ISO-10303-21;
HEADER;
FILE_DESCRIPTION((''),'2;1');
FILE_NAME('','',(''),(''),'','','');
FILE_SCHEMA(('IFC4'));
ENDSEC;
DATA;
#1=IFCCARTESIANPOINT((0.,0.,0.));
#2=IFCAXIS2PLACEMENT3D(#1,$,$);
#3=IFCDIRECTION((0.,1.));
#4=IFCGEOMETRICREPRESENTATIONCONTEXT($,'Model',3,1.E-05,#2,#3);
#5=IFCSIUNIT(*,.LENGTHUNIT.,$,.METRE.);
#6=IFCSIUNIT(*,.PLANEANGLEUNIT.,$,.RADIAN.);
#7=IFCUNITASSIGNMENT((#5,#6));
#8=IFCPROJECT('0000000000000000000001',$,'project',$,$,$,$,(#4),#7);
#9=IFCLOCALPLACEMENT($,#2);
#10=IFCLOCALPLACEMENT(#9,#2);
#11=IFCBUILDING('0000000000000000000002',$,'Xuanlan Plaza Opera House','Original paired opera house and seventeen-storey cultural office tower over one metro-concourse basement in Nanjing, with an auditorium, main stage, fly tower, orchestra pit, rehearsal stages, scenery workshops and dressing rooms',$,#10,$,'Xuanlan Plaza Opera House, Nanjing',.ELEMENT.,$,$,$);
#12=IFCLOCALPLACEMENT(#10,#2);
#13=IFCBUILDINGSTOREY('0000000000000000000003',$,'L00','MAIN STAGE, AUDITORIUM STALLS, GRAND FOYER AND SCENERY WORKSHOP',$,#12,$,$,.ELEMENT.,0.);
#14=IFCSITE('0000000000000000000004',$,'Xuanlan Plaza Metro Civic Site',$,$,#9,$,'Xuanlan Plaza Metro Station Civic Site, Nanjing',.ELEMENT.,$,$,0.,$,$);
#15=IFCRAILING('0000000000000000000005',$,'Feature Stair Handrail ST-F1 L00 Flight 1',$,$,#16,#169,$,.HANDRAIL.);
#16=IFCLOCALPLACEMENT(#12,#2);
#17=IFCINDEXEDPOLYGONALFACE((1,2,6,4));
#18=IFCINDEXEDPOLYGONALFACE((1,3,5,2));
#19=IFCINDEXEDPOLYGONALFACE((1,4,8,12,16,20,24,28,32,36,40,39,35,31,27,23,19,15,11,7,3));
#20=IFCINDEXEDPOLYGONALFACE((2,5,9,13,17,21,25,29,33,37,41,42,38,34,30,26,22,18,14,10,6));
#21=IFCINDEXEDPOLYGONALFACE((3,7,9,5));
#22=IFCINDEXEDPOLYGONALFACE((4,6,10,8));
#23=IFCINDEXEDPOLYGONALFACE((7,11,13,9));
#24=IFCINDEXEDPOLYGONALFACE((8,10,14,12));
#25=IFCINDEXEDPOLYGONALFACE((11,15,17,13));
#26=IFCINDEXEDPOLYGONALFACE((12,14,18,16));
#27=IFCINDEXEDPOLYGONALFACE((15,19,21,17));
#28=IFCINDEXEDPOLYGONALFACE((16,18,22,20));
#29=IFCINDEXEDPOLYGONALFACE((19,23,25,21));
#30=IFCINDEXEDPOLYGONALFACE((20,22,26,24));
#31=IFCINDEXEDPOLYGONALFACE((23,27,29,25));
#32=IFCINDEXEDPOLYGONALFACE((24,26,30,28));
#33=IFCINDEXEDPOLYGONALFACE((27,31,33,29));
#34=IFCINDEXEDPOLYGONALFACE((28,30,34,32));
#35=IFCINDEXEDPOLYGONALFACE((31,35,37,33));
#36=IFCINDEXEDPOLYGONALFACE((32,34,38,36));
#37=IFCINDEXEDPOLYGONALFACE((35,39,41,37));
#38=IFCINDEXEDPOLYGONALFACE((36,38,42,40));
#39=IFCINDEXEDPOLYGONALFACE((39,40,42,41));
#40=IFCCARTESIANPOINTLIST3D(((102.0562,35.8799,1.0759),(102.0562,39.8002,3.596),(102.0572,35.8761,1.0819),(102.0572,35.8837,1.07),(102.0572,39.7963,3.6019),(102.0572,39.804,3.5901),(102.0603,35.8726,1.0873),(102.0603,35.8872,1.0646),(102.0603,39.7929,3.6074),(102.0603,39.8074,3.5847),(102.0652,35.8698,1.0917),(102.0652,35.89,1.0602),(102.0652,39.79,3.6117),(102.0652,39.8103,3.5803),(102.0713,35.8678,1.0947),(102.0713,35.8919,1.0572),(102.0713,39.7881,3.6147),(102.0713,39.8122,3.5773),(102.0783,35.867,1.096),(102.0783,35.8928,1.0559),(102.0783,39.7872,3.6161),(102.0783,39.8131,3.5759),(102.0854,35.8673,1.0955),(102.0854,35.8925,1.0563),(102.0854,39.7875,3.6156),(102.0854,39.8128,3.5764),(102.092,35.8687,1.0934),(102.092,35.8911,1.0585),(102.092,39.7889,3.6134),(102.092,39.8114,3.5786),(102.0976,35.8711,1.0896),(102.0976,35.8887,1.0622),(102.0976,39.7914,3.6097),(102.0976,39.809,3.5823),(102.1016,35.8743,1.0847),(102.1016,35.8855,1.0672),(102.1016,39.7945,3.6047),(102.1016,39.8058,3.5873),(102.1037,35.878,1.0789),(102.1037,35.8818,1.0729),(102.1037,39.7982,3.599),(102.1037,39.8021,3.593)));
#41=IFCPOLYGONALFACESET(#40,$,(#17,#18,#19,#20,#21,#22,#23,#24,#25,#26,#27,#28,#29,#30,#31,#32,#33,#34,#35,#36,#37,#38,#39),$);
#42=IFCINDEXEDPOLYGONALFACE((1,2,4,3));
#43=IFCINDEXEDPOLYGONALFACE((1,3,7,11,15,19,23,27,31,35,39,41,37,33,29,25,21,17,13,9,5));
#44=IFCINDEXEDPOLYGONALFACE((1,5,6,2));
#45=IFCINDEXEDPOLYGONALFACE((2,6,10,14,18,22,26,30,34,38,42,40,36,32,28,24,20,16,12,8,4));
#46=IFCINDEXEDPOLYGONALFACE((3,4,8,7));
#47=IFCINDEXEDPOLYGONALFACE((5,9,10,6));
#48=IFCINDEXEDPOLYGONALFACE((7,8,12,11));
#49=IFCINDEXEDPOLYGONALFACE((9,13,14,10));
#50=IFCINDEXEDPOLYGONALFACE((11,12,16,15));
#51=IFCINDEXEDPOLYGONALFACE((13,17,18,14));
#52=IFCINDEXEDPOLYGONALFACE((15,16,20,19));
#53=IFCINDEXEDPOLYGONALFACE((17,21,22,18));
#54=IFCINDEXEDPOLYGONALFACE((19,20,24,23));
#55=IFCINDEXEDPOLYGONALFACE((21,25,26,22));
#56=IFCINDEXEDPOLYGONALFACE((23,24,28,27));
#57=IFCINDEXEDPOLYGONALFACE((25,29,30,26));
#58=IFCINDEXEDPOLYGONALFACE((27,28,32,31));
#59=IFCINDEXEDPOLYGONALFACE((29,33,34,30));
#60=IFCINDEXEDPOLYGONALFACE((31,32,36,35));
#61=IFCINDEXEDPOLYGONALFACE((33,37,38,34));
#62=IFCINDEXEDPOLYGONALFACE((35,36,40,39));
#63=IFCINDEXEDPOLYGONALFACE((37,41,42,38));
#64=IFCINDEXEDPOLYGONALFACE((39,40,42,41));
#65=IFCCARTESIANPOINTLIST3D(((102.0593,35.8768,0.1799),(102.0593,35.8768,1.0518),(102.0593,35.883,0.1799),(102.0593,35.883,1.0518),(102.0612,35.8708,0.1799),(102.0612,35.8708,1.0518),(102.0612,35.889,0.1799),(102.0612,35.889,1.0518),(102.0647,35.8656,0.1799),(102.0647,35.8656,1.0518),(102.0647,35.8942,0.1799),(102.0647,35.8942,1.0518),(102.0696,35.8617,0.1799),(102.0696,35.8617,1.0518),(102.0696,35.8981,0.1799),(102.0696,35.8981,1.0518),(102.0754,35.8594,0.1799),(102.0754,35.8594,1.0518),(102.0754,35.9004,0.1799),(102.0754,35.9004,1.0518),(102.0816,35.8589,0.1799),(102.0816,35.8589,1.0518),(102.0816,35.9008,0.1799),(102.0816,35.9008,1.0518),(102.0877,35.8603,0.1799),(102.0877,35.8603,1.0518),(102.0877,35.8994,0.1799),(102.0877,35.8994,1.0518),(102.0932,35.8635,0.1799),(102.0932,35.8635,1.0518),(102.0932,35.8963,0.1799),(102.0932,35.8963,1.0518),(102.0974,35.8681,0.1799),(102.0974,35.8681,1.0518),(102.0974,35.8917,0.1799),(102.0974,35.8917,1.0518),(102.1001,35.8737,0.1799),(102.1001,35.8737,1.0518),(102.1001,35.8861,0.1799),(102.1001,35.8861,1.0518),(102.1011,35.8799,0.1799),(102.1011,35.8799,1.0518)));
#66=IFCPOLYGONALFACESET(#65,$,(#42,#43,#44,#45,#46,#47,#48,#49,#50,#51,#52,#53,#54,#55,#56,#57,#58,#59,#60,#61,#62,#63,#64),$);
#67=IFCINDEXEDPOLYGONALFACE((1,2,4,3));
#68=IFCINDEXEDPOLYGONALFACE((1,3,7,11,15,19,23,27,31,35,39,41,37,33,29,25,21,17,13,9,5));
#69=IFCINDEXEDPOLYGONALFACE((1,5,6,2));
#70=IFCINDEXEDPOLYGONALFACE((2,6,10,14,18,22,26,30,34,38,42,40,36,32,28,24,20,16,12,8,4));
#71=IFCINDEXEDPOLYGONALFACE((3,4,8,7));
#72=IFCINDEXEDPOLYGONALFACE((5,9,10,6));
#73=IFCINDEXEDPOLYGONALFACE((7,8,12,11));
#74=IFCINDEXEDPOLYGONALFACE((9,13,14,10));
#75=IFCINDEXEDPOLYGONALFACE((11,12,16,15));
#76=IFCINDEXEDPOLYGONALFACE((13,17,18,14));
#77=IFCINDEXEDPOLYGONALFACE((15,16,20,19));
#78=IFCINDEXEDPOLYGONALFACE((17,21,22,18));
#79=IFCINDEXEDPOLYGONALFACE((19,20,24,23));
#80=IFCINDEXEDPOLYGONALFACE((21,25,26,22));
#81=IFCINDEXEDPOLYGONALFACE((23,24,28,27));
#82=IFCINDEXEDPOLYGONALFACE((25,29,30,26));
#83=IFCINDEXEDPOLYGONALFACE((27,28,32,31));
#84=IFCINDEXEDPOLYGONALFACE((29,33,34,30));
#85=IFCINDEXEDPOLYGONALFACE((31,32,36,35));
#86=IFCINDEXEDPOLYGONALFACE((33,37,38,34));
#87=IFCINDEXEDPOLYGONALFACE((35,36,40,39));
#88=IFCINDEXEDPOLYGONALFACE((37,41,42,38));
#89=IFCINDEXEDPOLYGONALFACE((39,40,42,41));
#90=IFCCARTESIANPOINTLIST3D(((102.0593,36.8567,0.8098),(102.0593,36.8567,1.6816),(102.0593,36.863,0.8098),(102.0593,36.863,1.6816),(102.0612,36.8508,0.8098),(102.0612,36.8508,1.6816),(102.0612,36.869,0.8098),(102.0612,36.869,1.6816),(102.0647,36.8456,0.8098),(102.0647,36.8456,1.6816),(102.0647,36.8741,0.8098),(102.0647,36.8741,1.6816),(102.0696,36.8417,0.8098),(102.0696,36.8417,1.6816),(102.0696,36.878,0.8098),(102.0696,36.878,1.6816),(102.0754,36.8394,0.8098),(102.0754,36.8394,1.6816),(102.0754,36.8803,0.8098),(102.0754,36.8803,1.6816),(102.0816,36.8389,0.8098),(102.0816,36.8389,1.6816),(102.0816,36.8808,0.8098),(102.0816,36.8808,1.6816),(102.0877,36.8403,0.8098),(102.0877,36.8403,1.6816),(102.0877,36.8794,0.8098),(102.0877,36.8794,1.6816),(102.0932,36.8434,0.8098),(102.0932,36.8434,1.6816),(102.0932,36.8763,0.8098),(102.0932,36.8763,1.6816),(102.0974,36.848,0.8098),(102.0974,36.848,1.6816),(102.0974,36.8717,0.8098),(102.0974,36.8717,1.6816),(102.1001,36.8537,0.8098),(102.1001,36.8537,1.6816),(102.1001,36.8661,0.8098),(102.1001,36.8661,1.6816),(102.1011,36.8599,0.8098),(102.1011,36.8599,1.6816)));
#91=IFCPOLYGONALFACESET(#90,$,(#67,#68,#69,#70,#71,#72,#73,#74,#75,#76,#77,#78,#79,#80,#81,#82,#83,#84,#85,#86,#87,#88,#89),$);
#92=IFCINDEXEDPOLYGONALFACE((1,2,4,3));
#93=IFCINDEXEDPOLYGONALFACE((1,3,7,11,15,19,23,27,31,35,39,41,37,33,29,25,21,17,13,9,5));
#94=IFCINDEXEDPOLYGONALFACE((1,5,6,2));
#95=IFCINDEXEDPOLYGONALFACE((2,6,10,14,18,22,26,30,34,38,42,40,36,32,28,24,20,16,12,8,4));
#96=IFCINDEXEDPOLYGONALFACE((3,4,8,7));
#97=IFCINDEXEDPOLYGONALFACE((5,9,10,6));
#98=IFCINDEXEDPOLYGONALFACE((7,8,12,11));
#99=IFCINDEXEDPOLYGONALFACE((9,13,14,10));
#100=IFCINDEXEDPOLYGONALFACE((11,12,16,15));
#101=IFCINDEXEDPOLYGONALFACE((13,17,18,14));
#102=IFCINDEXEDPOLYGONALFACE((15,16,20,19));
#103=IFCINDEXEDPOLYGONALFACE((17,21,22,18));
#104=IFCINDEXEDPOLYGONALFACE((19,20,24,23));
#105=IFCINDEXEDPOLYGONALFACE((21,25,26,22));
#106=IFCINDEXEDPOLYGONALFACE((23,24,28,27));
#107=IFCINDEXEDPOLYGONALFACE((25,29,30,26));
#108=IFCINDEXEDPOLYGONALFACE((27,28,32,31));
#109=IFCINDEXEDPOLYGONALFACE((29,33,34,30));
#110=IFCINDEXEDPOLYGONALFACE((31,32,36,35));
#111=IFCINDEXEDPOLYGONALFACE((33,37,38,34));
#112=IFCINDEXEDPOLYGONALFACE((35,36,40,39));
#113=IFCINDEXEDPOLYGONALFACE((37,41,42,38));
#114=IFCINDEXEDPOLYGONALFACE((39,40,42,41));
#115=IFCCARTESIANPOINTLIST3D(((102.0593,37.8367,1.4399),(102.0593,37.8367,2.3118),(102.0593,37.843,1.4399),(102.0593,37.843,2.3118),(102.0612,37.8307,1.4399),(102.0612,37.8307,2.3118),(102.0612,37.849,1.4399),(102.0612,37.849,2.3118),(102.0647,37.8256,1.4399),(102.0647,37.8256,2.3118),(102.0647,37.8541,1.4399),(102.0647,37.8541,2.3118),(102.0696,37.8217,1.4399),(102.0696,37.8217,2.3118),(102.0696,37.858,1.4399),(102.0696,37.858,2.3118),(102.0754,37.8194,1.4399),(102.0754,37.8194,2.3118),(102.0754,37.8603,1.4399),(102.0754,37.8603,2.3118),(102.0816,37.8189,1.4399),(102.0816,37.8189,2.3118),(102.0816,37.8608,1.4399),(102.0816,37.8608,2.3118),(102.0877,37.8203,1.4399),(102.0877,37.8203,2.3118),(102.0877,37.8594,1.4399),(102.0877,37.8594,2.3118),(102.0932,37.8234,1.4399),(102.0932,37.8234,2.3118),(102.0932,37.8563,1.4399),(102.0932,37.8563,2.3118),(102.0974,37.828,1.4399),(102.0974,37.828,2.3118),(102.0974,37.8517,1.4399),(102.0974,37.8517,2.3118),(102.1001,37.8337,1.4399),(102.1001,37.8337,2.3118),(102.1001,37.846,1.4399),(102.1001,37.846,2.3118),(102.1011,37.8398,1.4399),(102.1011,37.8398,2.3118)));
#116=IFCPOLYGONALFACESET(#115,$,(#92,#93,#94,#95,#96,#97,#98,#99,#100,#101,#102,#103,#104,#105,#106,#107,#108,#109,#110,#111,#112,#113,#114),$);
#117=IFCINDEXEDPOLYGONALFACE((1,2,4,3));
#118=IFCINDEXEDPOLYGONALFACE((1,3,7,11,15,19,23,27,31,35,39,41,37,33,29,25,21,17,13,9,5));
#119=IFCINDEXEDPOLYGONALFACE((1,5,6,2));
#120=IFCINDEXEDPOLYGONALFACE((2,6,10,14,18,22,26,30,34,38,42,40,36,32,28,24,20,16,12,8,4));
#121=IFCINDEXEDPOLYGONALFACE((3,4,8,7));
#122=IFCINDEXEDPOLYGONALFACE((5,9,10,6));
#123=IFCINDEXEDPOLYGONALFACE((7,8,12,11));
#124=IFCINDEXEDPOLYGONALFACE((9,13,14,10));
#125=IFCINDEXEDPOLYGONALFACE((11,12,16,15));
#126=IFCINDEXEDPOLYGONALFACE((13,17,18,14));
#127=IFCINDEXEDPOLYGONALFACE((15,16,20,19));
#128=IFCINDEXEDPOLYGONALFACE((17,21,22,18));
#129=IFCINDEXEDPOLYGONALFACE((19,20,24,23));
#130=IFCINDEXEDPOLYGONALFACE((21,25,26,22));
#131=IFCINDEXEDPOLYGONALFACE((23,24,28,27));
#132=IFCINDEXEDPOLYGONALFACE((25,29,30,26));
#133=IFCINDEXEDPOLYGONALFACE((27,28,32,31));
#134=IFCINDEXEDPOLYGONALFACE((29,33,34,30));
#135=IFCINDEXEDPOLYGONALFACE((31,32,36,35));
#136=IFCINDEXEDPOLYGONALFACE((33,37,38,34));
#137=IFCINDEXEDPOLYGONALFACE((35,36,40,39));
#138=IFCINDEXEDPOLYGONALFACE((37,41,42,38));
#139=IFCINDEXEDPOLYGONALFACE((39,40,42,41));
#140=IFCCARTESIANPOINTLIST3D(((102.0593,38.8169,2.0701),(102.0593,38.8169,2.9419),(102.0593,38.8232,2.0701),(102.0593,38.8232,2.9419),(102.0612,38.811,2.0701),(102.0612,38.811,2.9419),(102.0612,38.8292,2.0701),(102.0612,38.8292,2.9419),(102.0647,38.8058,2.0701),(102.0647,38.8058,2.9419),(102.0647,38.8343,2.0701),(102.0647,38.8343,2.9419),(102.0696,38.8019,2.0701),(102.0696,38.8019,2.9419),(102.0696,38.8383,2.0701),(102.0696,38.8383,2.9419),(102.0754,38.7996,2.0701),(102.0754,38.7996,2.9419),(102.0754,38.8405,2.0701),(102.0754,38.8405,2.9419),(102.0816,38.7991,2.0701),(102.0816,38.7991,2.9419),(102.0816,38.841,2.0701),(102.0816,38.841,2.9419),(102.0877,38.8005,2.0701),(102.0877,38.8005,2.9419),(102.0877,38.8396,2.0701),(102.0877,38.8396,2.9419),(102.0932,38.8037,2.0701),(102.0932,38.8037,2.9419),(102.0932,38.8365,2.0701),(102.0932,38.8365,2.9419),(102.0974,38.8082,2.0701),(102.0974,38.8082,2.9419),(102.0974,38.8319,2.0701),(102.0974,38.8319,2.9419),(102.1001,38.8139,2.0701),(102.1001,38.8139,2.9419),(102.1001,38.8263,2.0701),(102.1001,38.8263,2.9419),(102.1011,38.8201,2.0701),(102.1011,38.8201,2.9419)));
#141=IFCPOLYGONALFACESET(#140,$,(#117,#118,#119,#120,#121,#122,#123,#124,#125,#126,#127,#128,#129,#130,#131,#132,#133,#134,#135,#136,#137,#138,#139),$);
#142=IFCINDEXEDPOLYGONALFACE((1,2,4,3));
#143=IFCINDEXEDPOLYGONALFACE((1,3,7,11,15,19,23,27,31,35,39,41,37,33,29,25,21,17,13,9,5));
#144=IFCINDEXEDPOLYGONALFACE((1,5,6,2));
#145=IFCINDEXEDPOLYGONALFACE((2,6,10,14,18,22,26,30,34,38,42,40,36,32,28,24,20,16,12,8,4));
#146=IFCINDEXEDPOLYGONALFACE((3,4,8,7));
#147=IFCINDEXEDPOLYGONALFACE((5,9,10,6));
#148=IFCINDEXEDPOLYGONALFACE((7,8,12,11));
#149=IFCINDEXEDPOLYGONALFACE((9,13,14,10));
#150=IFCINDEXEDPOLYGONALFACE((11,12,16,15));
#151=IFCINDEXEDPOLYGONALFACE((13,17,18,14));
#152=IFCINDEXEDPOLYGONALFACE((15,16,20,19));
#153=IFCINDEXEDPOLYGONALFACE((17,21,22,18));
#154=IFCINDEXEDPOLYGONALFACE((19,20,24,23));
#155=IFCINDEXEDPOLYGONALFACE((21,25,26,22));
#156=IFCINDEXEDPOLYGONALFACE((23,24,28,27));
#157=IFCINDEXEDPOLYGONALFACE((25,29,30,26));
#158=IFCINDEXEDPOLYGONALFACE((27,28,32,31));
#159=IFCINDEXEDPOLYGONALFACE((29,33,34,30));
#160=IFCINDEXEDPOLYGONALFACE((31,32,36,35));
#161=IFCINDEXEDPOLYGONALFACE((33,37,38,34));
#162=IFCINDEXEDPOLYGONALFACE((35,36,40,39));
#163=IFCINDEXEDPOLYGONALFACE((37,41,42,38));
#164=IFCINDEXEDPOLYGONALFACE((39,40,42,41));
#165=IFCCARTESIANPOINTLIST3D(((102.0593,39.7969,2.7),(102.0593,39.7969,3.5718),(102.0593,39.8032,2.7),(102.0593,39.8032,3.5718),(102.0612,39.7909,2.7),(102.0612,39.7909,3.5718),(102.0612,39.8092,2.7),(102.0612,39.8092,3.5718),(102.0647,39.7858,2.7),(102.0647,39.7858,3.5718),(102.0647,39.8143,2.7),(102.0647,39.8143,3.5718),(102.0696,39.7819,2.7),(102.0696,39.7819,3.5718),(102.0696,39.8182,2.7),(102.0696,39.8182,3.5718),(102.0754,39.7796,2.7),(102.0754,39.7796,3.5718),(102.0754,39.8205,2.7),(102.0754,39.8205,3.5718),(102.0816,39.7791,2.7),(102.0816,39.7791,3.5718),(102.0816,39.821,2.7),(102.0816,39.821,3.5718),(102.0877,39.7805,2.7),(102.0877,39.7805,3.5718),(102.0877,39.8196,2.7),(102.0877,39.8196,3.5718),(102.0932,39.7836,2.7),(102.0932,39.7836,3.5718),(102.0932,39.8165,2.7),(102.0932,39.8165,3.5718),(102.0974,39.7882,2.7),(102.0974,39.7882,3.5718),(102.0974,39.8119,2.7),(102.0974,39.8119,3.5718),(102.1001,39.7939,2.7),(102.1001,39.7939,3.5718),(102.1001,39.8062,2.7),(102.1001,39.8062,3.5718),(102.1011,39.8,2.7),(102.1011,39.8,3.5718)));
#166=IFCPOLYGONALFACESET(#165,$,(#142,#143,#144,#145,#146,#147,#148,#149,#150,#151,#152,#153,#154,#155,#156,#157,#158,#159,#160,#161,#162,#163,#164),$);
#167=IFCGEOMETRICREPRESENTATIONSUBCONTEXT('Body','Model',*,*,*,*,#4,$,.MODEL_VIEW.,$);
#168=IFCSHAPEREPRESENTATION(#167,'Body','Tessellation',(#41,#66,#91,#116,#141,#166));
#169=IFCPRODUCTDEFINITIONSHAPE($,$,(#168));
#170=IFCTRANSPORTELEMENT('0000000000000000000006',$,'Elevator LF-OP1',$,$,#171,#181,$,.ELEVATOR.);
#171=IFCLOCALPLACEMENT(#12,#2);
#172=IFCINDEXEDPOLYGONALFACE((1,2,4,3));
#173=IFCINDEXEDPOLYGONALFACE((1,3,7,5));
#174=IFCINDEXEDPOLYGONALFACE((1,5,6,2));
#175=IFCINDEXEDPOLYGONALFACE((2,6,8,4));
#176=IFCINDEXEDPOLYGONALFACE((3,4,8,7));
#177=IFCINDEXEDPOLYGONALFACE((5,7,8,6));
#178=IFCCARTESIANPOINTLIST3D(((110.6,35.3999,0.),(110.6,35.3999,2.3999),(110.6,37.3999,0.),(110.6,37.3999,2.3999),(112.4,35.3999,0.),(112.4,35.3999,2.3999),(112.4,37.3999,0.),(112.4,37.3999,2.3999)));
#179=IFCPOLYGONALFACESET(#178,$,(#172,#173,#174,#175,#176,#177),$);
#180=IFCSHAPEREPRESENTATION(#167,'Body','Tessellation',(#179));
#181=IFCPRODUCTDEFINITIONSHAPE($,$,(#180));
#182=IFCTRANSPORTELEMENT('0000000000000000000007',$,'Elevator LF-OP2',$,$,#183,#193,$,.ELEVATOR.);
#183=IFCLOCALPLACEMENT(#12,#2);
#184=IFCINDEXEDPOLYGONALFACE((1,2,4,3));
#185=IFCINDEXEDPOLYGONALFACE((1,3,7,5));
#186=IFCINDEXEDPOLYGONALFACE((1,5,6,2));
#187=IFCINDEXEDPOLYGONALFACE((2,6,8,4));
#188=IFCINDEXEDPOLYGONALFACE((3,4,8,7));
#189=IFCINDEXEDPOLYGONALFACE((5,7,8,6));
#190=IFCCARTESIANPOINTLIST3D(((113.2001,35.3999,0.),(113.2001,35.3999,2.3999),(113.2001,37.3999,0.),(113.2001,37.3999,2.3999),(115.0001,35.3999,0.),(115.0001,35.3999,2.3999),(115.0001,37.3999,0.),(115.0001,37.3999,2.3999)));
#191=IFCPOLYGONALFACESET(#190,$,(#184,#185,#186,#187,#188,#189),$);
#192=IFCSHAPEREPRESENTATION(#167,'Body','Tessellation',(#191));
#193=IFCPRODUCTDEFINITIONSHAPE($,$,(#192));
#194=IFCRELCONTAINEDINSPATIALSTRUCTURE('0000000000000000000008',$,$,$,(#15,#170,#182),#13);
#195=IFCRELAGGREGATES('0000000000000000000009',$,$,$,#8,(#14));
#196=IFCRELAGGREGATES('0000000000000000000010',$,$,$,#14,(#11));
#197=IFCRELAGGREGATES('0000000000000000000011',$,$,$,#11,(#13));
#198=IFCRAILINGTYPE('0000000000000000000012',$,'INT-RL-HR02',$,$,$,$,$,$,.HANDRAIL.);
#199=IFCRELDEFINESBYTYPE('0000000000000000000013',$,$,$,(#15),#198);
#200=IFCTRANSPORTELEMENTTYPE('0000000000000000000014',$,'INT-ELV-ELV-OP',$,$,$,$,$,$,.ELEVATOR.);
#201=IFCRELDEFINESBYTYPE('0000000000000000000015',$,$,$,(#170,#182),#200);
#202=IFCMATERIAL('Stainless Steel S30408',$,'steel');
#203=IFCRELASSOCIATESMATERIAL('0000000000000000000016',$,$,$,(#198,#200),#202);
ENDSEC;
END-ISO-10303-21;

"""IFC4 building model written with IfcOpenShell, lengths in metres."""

from ifc_helpers import new_model, si_unit, direction, frame, origin, origin_2d, place, context, subcontext, project, spatial, rectangle, circle, extrude, material, type_object, element, save


model = new_model("IFC4")

# Units and contexts
model_context = context("Model", 3, precision=1e-05, world=origin(), true_north=direction((0.0, 1.0)))
body_context = subcontext(model_context, "Body", "Model", "MODEL_VIEW")
ifc_project = project(units=[si_unit("LENGTHUNIT", "METRE"), si_unit("PLANEANGLEUNIT", "RADIAN")], contexts=[model_context])

# Site, building, storey
site_placement = place(None, origin())
site = spatial("IfcSite", under=ifc_project, at=site_placement, Name="Xuanlan Plaza Metro Civic Site", LongName="Xuanlan Plaza Metro Station Civic Site, Nanjing", CompositionType="ELEMENT", RefElevation=0.0)
building_placement = place(site_placement, origin())
building = spatial("IfcBuilding", under=site, at=building_placement, Name="Xuanlan Plaza Opera House", Description="Original paired opera house and seventeen-storey cultural office tower over one metro-concourse basement in Nanjing, with an auditorium, main stage, fly tower, orchestra pit, rehearsal stages, scenery workshops and dressing rooms", LongName="Xuanlan Plaza Opera House, Nanjing", CompositionType="ELEMENT")
storey_placement = place(building_placement, origin())
storey = spatial("IfcBuildingStorey", under=building, at=storey_placement, Name="L00", Description="MAIN STAGE, AUDITORIUM STALLS, GRAND FOYER AND SCENERY WORKSHOP", CompositionType="ELEMENT", Elevation=0.0)

# Shared definitions
ifc_material_1 = material(Name="Stainless Steel S30408", Category="steel")

# Railing
railing_type = type_object("IfcRailingType", Name="INT-RL-HR02", PredefinedType="HANDRAIL", material=ifc_material_1)
railing_placement = place(storey_placement, frame((102.0801, 35.8799, 0.1799)))
element("IfcRailing", 1, at=railing_placement, inside=storey, type_object=railing_type, Name="Feature Stair Handrail ST-F1 L00 Flight 1", PredefinedType="HANDRAIL", context=body_context, shape_type="SweptSolid", body=[
    extrude(circle(Radius=0.0239, at=origin_2d()), frame((0.0, 0.0, 0.896), z_axis=(0.0, 0.841187, 0.540744), x_axis=(-1.0, 0.0, 0.0)), (0.0, 0.0, 1.0), 4.6604),
    extrude(circle(Radius=0.021, at=origin_2d()), origin(), (0.0, 0.0, 1.0), 0.8718),
    extrude(circle(Radius=0.021, at=origin_2d()), frame((0.0, 0.98, 0.6299)), (0.0, 0.0, 1.0), 0.8718),
    extrude(circle(Radius=0.021, at=origin_2d()), frame((0.0, 1.96, 1.26)), (0.0, 0.0, 1.0), 0.8718),
    extrude(circle(Radius=0.021, at=origin_2d()), frame((0.0, 2.9402, 1.8901)), (0.0, 0.0, 1.0), 0.8718),
    extrude(circle(Radius=0.021, at=origin_2d()), frame((0.0, 3.9202, 2.52)), (0.0, 0.0, 1.0), 0.8718),
])

# Transport elements
transport_element_type = type_object("IfcTransportElementType", Name="INT-ELV-ELV-OP", PredefinedType="ELEVATOR", material=ifc_material_1)
for number, where, name in (
    (2, (111.5, 36.3999, 0.0), "Elevator LF-OP1"),
    (3, (114.1001, 36.3999, 0.0), "Elevator LF-OP2"),
):
    element("IfcTransportElement", number, at=place(storey_placement, frame(where)), inside=storey, type_object=transport_element_type, Name=name, PredefinedType="ELEVATOR", context=body_context, shape_type="SweptSolid", body=[
        extrude(rectangle(XDim=1.8, YDim=2.0, at=origin_2d()), origin(), (0.0, 0.0, 1.0), 2.3999),
    ])

save(model, "model.ifc")
